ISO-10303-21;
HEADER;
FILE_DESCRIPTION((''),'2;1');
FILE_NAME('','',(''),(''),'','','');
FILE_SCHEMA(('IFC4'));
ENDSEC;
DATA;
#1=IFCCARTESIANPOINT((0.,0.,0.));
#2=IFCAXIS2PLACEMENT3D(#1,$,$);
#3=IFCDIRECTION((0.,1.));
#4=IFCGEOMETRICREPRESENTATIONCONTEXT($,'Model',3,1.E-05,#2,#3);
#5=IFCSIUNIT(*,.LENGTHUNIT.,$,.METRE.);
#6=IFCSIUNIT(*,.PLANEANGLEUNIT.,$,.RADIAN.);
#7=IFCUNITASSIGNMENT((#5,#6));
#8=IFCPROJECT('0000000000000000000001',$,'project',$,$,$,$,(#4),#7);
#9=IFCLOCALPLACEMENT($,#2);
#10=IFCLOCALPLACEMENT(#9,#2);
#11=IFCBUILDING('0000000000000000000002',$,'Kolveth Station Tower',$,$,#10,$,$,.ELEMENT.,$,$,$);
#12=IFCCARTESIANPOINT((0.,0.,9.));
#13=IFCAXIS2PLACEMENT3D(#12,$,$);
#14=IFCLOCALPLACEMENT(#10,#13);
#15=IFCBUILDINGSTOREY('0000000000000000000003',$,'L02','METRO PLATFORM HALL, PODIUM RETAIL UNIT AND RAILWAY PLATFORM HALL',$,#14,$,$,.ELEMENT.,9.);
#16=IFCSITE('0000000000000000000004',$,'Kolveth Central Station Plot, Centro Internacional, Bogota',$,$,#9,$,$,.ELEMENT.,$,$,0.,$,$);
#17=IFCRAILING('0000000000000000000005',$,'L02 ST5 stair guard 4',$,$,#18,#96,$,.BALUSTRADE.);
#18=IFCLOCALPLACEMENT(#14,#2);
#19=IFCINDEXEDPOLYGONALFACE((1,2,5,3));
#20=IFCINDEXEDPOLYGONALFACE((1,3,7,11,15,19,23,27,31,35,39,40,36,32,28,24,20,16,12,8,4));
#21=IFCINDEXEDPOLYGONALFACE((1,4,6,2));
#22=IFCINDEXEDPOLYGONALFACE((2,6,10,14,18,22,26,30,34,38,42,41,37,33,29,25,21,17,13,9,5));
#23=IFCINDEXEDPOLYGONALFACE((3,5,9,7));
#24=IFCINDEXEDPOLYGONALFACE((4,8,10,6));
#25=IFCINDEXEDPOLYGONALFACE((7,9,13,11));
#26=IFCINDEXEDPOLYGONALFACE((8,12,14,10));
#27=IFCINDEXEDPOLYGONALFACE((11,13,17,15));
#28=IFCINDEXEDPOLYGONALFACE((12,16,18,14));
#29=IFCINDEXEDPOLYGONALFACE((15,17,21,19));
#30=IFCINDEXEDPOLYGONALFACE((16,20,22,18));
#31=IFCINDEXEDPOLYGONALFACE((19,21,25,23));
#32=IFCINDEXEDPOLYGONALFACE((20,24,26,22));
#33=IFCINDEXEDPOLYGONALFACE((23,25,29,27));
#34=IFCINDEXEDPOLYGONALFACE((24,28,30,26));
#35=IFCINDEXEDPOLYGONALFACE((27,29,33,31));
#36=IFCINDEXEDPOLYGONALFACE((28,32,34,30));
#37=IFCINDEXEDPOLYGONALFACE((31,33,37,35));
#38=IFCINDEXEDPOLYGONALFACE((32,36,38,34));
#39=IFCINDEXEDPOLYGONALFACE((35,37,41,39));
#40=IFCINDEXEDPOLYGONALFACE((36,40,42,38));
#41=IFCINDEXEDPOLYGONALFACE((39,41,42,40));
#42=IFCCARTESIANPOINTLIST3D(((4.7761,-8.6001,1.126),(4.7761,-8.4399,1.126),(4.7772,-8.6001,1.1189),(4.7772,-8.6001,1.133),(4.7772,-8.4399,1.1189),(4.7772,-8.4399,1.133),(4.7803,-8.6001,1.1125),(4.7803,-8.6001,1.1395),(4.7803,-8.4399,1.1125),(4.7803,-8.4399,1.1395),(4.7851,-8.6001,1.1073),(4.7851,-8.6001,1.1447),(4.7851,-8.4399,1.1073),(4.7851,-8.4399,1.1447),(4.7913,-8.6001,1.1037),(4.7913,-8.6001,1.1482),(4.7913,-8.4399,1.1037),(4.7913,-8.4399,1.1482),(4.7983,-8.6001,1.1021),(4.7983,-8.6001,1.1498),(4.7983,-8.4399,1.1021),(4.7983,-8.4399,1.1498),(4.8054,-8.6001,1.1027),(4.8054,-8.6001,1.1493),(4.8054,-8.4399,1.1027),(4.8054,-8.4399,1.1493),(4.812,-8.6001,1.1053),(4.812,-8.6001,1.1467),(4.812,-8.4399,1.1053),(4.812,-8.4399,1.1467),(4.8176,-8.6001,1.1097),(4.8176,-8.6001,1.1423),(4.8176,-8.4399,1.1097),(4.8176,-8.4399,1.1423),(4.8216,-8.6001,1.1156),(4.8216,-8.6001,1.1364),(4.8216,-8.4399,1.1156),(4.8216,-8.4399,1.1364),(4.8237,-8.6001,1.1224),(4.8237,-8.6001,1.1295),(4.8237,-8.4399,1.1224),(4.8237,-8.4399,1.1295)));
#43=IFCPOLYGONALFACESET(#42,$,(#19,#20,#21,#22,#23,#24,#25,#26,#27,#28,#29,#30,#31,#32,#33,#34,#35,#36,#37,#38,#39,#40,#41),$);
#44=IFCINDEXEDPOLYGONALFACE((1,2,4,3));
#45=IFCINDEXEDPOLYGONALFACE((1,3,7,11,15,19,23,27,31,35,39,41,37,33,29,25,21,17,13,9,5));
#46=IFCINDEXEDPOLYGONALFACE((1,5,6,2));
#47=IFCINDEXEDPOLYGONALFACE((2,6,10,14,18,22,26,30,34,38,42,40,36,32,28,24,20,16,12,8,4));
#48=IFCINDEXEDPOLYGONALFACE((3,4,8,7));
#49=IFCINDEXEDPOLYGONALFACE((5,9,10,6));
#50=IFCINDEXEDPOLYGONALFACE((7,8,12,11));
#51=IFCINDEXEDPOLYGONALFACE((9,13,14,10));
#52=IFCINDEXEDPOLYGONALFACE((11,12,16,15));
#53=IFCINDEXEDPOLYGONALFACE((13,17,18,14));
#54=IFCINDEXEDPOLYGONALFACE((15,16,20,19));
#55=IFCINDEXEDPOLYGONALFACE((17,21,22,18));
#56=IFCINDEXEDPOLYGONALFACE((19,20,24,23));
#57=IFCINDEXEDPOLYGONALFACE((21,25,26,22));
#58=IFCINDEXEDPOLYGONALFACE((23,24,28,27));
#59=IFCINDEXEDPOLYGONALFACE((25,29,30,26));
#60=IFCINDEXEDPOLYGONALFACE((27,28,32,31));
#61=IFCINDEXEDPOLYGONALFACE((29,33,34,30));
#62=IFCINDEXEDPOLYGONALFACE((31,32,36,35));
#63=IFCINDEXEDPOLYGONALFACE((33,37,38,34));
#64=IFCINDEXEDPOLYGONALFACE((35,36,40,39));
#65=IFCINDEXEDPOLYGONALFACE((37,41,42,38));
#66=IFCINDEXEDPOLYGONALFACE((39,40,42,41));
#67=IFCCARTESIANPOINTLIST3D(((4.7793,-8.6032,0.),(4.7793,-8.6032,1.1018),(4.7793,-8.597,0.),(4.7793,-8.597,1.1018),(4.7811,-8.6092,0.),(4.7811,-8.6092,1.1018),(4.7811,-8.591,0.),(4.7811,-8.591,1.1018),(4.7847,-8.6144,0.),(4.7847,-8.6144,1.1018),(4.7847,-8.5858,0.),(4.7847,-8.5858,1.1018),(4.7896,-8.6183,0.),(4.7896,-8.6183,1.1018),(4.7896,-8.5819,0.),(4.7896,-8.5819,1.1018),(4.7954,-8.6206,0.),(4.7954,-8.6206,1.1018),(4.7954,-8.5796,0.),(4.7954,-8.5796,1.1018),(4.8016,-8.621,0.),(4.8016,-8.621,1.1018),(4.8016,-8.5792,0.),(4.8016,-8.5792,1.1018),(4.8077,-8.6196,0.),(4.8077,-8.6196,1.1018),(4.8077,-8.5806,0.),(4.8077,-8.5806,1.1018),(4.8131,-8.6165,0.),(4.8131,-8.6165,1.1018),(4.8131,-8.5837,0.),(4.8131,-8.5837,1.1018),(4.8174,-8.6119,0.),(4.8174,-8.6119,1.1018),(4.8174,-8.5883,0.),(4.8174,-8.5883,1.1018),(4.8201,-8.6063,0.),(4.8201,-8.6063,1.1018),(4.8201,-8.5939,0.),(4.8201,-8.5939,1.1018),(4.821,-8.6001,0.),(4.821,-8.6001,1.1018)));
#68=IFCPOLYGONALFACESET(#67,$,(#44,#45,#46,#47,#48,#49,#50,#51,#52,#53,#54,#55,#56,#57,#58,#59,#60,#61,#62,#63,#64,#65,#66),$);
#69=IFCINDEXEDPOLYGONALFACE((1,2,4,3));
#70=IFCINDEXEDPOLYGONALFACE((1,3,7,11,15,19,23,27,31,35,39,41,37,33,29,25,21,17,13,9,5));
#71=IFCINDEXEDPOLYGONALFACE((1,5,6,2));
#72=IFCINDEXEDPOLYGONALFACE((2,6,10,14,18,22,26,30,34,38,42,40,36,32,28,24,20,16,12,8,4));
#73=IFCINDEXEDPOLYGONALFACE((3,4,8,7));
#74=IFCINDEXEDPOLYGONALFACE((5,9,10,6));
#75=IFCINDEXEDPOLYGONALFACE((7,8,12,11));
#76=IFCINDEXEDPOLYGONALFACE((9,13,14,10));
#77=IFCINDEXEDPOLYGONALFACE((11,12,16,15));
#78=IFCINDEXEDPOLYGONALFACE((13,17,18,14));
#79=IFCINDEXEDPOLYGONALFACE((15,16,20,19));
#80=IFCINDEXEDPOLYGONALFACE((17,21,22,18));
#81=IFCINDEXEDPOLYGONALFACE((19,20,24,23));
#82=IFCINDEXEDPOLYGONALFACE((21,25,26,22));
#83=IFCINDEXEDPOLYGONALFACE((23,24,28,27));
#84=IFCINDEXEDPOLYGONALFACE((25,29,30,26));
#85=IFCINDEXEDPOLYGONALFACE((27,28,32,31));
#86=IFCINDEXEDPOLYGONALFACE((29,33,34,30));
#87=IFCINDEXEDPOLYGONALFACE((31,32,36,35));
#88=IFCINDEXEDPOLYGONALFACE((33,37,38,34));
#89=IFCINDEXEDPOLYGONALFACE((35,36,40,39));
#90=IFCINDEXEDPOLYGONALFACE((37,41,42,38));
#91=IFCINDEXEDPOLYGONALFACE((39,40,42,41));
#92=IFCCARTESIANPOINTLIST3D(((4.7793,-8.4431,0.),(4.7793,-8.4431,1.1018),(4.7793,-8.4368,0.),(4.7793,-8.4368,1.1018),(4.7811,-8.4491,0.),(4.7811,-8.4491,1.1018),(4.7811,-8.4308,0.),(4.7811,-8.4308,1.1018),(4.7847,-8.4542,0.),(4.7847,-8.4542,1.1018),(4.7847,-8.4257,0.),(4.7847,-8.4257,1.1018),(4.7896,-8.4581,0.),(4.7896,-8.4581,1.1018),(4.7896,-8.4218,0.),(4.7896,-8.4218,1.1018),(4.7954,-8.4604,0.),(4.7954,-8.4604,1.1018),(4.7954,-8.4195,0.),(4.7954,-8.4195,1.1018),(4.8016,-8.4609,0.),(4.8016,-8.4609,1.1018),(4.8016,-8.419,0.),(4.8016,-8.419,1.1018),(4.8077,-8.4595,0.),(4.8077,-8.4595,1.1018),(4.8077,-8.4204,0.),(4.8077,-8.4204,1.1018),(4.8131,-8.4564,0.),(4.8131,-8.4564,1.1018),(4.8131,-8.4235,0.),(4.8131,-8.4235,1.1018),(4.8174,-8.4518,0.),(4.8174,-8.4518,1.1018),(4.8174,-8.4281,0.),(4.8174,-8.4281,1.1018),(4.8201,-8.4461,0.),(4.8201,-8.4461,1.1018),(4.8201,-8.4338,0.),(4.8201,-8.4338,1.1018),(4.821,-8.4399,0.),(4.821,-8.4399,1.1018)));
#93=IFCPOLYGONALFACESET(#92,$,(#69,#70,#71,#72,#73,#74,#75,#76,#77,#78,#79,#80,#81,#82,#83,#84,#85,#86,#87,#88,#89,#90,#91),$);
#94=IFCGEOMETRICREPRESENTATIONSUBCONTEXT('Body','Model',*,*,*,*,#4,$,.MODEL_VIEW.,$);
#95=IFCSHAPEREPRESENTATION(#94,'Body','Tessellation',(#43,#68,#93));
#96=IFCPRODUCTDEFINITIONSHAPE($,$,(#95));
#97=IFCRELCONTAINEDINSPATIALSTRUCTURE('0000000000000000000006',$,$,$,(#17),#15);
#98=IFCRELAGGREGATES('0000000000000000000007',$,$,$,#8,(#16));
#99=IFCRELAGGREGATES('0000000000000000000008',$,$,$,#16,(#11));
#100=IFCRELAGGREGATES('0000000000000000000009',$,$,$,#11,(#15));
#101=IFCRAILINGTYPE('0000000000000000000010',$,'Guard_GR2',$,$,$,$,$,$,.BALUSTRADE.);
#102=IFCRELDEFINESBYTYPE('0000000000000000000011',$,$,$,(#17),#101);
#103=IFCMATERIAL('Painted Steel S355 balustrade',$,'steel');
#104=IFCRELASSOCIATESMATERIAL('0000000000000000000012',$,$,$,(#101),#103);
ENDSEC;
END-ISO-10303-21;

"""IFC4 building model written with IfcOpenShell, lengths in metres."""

from ifc_helpers import new_model, si_unit, direction, frame, origin, origin_2d, place, context, subcontext, project, spatial, circle, extrude, material, type_object, element, save


model = new_model("IFC4")

# Units and contexts
model_context = context("Model", 3, precision=1e-05, world=origin(), true_north=direction((0.0, 1.0)))
body_context = subcontext(model_context, "Body", "Model", "MODEL_VIEW")
ifc_project = project(units=[si_unit("LENGTHUNIT", "METRE"), si_unit("PLANEANGLEUNIT", "RADIAN")], contexts=[model_context])

# Site, building, storey
site_placement = place(None, origin())
site = spatial("IfcSite", under=ifc_project, at=site_placement, Name="Kolveth Central Station Plot, Centro Internacional, Bogota", CompositionType="ELEMENT", RefElevation=0.0)
building_placement = place(site_placement, origin())
building = spatial("IfcBuilding", under=site, at=building_placement, Name="Kolveth Station Tower", CompositionType="ELEMENT")
storey_placement = place(building_placement, frame((0.0, 0.0, 9.0)))
storey = spatial("IfcBuildingStorey", under=building, at=storey_placement, Name="L02", Description="METRO PLATFORM HALL, PODIUM RETAIL UNIT AND RAILWAY PLATFORM HALL", CompositionType="ELEMENT", Elevation=9.0)

# Railing
ifc_material_1 = material(Name="Painted Steel S355 balustrade", Category="steel")
railing_type_1 = type_object("IfcRailingType", Name="Guard_GR2", PredefinedType="BALUSTRADE", material=ifc_material_1)
railing_1_placement = place(storey_placement, frame((4.8, -8.6001, 0.0)))
element("IfcRailing", 1, at=railing_1_placement, inside=storey, type_object=railing_type_1, Name="L02 ST5 stair guard 4", PredefinedType="BALUSTRADE", context=body_context, shape_type="SweptSolid", body=[
    extrude(circle(Radius=0.0239, at=origin_2d()), frame((0.0, 0.0, 1.126), z_axis=(0.0, 1.0, 0.0), x_axis=(-1.0, 0.0, 0.0)), (0.0, 0.0, 1.0), 0.1602),
    extrude(circle(Radius=0.021, at=origin_2d()), origin(), (0.0, 0.0, 1.0), 1.1018),
    extrude(circle(Radius=0.021, at=origin_2d()), frame((0.0, 0.1602, 0.0)), (0.0, 0.0, 1.0), 1.1018),
])

save(model, "model.ifc")
